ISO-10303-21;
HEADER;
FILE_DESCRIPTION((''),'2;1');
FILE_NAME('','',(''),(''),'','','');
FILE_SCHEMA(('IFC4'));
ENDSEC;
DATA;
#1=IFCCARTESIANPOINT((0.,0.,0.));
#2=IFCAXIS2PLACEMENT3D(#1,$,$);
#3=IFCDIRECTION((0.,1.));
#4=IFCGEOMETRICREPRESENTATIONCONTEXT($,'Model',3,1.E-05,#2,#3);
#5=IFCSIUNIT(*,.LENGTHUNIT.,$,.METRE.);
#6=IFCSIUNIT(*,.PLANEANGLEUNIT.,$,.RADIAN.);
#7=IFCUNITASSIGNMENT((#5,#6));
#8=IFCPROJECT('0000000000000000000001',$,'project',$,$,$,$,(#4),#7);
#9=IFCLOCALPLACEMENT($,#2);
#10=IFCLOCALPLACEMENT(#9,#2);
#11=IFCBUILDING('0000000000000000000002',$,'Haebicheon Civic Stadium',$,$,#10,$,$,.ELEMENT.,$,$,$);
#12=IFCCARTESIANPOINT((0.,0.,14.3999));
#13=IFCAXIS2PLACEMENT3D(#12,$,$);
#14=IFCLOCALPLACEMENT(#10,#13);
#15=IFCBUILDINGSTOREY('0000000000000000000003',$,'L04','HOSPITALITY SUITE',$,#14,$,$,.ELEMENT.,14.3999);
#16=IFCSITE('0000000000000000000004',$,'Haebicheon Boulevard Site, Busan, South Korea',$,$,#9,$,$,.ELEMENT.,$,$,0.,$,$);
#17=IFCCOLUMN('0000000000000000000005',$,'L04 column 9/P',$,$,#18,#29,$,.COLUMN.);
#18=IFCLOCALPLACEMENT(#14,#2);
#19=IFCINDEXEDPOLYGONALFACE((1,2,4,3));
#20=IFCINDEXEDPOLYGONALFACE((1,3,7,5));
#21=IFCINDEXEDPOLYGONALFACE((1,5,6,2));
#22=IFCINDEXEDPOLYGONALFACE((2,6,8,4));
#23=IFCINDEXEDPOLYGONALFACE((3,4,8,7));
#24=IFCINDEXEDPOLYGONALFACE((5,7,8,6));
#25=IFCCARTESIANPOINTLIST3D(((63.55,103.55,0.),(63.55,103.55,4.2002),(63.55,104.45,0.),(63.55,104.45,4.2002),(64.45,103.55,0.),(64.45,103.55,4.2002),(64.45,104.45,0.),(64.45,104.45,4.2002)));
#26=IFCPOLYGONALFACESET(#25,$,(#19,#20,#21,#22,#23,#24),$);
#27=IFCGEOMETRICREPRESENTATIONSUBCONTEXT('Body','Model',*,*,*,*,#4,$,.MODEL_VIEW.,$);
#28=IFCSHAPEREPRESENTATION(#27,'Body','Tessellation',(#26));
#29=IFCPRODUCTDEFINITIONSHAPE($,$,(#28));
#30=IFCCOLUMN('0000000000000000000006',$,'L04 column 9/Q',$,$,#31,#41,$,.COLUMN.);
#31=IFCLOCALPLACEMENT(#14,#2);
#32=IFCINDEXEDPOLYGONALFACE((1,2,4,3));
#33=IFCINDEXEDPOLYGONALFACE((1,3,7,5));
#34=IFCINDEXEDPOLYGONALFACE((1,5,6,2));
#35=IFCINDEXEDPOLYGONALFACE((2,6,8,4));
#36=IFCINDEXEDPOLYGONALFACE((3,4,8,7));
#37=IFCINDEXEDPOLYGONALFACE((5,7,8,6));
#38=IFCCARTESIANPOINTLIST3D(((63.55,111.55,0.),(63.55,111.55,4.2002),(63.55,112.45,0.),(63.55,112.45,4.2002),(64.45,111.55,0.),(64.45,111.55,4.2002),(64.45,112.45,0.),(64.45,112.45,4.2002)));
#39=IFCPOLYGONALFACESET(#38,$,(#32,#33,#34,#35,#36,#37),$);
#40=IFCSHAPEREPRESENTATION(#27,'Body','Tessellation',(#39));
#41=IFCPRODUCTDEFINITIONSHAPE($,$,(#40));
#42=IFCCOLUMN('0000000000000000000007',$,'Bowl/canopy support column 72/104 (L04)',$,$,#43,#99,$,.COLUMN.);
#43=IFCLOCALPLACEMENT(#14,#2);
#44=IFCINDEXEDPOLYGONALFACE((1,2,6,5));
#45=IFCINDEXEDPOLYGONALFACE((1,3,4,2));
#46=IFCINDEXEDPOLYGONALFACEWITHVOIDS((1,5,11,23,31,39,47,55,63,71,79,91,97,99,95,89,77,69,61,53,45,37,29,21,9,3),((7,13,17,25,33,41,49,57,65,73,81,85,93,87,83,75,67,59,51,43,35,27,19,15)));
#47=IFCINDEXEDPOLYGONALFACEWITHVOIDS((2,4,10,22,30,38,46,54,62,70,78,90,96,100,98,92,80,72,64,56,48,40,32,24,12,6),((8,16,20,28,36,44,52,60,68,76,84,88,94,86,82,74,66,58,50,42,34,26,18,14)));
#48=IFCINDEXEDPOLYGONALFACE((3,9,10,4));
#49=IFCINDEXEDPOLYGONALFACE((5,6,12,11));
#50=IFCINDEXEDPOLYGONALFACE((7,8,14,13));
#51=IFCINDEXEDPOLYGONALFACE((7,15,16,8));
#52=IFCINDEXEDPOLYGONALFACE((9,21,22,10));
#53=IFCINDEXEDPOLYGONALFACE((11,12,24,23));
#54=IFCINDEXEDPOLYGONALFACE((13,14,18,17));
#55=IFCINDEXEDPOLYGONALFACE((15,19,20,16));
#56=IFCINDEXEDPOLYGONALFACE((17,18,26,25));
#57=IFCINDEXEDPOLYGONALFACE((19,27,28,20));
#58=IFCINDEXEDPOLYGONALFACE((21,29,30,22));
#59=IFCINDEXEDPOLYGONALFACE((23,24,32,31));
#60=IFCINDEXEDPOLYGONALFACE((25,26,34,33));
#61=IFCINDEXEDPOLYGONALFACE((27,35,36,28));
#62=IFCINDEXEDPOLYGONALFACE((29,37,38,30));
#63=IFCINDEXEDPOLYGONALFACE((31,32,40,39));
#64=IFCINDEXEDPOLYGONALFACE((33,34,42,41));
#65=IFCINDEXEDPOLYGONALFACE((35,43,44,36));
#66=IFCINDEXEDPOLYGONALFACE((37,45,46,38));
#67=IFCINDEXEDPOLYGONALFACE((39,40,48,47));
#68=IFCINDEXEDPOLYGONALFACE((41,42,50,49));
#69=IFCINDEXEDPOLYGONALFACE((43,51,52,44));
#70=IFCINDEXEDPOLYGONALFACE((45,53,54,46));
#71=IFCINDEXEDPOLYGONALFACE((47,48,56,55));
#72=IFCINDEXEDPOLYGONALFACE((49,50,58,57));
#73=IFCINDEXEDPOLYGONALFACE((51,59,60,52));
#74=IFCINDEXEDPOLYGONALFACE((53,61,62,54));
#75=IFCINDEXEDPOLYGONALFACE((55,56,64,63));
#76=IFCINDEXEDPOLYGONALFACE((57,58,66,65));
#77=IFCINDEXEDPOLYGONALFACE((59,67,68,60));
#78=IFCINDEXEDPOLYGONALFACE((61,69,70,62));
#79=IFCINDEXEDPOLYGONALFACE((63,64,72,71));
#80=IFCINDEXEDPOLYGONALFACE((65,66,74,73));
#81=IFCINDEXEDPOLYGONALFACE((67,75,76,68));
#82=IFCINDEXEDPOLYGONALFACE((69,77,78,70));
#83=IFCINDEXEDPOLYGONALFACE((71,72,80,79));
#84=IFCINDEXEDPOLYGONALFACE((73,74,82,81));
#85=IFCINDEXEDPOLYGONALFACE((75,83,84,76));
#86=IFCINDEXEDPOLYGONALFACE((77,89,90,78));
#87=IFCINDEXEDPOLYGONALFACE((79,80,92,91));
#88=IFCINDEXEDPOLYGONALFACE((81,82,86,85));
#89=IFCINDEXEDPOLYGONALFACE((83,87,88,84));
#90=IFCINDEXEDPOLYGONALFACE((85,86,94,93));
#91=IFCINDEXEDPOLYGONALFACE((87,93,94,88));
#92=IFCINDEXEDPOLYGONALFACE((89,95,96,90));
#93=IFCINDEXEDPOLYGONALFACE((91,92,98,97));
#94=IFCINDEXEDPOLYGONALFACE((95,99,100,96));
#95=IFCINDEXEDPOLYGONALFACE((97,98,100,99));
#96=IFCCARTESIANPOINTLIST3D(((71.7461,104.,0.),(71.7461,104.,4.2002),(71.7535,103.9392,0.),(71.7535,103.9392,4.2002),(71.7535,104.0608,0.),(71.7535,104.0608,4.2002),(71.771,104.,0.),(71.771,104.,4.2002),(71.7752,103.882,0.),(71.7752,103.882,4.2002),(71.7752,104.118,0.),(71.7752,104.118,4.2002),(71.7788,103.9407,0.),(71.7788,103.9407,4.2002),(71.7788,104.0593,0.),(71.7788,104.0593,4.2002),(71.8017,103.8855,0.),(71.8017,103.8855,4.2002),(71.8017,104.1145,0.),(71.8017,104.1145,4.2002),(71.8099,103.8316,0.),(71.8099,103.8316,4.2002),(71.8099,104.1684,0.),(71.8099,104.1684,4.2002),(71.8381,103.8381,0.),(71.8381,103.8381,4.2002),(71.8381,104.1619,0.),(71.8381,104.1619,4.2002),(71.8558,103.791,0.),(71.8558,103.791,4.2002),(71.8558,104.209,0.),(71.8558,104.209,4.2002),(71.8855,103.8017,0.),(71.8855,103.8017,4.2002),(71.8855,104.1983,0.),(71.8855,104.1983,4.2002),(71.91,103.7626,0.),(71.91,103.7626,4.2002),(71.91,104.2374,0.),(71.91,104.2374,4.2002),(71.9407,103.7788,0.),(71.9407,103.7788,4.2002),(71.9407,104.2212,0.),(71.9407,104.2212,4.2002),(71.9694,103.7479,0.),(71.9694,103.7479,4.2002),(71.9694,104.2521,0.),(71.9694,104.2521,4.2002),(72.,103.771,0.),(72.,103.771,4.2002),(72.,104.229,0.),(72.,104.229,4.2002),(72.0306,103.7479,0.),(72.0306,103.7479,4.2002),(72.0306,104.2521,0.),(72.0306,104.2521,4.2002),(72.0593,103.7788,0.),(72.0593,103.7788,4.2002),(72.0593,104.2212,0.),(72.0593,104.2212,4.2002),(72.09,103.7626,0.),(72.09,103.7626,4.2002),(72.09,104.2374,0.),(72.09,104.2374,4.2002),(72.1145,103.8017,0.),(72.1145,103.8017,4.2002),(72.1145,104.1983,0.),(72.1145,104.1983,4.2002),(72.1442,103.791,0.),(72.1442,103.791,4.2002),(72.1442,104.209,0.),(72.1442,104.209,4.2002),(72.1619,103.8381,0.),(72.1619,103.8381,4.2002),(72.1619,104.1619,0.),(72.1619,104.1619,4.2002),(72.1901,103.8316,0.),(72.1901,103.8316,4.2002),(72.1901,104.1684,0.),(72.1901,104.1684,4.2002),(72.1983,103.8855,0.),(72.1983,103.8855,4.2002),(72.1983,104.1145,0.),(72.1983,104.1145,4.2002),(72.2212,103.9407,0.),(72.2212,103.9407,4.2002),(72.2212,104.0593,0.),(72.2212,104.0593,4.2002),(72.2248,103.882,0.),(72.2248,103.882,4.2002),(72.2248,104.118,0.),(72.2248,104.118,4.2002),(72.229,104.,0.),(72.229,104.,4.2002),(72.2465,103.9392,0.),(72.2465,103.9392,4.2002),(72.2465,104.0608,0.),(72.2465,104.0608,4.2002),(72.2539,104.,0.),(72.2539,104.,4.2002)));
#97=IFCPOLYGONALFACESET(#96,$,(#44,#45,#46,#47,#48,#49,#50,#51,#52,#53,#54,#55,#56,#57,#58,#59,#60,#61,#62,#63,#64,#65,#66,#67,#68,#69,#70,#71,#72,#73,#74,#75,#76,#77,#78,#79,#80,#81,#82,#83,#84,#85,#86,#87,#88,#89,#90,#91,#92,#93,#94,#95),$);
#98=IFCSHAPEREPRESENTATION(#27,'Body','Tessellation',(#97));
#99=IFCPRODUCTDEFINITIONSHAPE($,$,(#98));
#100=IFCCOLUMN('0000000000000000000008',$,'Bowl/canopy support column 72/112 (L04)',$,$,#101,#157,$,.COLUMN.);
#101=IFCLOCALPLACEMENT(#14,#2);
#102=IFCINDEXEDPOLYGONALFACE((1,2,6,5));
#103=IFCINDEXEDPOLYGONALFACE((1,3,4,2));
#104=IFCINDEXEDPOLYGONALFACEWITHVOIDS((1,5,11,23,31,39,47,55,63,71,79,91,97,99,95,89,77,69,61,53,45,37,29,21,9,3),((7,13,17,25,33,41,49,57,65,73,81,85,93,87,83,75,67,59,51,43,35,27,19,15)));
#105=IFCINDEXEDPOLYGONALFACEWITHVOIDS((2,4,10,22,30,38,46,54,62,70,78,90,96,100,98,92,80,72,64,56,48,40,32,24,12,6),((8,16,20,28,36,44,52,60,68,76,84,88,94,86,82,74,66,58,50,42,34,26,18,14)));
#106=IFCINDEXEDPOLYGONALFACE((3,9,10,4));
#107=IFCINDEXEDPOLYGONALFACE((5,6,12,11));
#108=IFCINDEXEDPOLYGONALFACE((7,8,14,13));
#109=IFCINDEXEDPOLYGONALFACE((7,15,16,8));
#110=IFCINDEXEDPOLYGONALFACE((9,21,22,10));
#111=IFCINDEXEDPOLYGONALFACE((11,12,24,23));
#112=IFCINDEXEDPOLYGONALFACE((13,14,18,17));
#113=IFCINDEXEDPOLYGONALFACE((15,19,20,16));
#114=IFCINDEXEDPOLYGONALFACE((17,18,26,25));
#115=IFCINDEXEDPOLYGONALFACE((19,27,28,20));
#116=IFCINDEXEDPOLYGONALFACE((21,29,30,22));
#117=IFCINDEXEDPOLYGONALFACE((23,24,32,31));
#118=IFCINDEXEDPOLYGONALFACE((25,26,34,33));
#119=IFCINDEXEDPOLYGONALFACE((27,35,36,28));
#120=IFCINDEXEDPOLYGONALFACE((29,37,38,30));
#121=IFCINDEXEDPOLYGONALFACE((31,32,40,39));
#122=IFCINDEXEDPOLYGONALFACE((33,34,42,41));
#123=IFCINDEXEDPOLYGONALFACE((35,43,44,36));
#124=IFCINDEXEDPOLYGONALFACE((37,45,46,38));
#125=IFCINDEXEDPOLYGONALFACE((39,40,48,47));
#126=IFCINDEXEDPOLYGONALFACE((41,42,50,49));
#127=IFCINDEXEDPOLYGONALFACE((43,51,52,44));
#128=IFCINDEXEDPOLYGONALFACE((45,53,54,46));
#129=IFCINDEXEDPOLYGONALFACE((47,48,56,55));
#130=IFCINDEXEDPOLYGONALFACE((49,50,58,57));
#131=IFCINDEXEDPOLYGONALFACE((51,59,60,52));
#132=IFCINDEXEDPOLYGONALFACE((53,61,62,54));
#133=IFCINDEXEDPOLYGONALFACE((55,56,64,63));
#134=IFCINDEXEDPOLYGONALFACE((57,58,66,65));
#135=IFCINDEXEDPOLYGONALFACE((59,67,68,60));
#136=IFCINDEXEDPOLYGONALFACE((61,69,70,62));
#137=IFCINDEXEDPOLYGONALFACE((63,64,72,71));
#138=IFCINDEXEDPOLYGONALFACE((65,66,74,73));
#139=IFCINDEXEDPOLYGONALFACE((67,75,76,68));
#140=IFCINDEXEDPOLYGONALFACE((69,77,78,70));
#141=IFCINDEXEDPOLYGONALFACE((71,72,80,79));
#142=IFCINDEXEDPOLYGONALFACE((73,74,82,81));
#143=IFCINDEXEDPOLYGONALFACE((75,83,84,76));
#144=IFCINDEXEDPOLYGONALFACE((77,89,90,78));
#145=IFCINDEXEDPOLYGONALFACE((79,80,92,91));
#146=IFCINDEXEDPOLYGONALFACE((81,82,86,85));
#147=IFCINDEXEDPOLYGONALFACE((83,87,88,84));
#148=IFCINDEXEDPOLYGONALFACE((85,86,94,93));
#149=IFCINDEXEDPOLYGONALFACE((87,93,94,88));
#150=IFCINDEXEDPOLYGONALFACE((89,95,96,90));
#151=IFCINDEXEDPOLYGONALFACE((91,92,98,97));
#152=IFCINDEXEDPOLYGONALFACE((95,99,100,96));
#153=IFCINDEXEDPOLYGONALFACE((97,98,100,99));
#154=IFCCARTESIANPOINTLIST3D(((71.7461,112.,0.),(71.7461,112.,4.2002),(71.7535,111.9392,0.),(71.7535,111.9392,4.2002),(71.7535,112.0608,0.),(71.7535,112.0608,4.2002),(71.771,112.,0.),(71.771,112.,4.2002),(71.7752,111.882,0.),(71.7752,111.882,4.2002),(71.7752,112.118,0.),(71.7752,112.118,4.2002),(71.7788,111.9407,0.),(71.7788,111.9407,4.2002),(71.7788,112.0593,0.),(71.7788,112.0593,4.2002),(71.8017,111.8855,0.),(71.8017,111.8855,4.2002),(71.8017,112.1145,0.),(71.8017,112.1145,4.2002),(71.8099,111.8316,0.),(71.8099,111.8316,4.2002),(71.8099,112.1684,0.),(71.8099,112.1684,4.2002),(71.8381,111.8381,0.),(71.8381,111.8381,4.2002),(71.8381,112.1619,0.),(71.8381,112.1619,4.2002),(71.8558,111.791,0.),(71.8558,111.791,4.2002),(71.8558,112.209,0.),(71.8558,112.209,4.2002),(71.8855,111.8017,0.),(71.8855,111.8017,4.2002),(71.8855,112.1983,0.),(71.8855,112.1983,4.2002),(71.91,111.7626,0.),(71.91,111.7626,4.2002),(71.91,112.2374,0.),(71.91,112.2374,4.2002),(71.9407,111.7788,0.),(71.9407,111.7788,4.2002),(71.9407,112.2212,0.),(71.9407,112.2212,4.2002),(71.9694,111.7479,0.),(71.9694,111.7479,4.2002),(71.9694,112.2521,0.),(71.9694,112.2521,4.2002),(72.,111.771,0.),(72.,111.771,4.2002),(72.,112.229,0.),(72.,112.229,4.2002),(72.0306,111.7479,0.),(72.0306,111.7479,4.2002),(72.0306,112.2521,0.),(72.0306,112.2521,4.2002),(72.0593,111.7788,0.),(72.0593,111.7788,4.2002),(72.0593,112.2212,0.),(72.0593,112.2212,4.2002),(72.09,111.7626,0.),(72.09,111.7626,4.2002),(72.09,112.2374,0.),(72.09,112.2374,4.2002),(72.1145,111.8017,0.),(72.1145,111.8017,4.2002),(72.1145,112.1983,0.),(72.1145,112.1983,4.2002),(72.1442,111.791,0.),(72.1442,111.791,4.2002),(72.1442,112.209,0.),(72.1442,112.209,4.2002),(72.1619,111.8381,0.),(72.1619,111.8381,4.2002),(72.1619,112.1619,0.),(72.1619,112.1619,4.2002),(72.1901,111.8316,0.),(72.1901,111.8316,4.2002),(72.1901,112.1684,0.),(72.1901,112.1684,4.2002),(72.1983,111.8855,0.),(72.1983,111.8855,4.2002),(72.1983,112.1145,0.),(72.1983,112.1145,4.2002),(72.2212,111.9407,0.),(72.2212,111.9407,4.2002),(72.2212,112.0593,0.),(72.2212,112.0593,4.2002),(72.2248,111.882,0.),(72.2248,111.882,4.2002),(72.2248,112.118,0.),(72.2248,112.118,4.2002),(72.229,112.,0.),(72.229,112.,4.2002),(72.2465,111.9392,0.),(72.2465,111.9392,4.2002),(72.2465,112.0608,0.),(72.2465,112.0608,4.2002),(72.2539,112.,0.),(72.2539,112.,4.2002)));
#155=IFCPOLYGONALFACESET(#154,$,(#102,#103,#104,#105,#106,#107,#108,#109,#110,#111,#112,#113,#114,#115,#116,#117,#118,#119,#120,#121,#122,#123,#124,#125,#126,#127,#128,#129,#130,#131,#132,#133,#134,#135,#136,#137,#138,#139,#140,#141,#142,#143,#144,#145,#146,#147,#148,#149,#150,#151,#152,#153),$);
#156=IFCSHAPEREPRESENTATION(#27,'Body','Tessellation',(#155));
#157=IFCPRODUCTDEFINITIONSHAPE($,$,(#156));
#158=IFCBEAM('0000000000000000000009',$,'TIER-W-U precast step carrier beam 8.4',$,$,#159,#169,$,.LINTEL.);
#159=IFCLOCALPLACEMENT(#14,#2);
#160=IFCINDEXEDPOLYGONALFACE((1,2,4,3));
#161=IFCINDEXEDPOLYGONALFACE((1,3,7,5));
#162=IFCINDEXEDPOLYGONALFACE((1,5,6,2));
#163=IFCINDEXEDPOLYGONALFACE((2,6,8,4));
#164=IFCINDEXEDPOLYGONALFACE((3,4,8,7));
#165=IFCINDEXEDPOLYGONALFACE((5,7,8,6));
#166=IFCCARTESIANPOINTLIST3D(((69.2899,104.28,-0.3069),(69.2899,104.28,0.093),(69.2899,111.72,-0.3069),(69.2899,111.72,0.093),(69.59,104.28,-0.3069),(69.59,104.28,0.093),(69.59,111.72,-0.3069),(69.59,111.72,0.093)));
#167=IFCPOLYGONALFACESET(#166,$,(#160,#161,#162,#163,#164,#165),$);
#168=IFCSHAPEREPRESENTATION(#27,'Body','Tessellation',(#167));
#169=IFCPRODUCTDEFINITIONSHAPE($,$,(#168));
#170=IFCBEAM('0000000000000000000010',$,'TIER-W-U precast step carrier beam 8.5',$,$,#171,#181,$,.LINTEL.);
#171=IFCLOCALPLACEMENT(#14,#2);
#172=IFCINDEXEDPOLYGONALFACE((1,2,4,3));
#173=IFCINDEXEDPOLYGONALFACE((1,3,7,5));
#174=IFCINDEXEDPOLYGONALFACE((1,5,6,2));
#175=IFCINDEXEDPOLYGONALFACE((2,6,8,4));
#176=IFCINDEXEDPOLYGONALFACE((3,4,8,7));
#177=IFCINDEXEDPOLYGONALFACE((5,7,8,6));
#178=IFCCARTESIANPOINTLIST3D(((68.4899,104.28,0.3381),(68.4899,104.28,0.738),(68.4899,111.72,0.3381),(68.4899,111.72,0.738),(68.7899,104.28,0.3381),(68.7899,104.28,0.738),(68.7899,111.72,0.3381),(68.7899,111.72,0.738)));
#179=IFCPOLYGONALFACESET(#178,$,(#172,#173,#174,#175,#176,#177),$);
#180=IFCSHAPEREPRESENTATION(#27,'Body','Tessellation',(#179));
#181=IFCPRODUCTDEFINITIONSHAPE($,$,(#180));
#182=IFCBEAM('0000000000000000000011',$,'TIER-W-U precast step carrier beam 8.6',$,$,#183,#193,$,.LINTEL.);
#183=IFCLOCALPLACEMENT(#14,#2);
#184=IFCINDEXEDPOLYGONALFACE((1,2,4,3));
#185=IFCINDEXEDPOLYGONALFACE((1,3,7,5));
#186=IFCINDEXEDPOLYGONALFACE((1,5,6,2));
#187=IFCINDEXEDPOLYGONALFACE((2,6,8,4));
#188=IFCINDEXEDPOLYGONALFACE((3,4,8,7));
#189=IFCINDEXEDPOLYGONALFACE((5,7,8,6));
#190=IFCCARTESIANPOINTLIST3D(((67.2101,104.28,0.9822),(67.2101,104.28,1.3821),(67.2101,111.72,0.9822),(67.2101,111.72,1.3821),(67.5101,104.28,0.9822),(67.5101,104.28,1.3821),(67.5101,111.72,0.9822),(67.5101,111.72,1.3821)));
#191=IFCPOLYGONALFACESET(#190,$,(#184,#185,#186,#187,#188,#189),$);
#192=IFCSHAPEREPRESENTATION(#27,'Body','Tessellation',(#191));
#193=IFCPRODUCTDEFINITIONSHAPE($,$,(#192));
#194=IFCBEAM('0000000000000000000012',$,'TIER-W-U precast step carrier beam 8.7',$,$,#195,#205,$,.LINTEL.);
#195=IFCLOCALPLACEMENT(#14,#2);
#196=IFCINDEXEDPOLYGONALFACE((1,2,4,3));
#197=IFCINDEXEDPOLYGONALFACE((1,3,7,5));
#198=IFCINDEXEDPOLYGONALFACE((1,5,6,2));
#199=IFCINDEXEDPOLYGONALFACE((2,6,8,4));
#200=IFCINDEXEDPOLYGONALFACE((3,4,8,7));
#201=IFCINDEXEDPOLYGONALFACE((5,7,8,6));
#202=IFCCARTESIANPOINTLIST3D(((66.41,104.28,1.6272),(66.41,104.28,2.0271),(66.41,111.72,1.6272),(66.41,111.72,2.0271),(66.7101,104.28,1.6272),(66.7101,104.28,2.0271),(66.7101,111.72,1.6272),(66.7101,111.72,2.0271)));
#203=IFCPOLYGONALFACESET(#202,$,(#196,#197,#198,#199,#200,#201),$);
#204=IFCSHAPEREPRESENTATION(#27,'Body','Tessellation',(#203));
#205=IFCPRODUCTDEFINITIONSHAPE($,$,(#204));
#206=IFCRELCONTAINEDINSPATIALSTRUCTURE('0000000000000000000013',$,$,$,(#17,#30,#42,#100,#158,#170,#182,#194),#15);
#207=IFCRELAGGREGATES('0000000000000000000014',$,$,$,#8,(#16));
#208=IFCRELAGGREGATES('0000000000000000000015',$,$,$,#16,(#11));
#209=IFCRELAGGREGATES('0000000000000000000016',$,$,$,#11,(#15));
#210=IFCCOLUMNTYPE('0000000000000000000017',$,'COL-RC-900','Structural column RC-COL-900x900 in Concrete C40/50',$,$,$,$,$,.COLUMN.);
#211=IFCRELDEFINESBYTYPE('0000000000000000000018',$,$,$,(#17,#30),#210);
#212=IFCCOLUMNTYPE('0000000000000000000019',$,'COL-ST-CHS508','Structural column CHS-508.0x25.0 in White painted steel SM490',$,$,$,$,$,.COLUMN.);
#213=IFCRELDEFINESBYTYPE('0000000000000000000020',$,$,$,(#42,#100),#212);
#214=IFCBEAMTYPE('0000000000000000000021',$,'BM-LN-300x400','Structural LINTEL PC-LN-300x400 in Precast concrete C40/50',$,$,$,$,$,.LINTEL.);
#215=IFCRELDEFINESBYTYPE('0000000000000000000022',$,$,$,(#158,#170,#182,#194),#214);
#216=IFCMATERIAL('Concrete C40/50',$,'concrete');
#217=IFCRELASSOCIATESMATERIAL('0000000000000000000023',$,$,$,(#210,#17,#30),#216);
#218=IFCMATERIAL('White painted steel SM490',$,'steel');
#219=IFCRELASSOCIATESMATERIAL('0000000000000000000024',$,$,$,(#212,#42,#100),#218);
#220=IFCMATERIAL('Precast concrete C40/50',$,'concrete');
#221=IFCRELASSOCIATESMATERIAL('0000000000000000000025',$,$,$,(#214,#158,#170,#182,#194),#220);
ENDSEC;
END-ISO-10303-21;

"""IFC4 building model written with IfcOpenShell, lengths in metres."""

from ifc_helpers import new_model, si_unit, direction, frame, origin, origin_2d, place, context, subcontext, project, spatial, rectangle, hollow_circle, extrude, material, material_profile, profile_set, type_object, element, save


model = new_model("IFC4")

# Units and contexts
model_context = context("Model", 3, precision=1e-05, world=origin(), true_north=direction((0.0, 1.0)))
body_context = subcontext(model_context, "Body", "Model", "MODEL_VIEW")
ifc_project = project(units=[si_unit("LENGTHUNIT", "METRE"), si_unit("PLANEANGLEUNIT", "RADIAN")], contexts=[model_context])

# Site, building, storey
site_placement = place(None, origin())
site = spatial("IfcSite", under=ifc_project, at=site_placement, Name="Haebicheon Boulevard Site, Busan, South Korea", CompositionType="ELEMENT", RefElevation=0.0)
building_placement = place(site_placement, origin())
building = spatial("IfcBuilding", under=site, at=building_placement, Name="Haebicheon Civic Stadium", CompositionType="ELEMENT")
storey_placement = place(building_placement, frame((0.0, 0.0, 14.3999)))
storey = spatial("IfcBuildingStorey", under=building, at=storey_placement, Name="L04", Description="HOSPITALITY SUITE", CompositionType="ELEMENT", Elevation=14.3999)

# Columns
ifc_material_1 = material(Name="Concrete C40/50", Category="concrete")
ifc_material_profile_1 = material_profile(ifc_material_1, rectangle(XDim=0.8999, YDim=0.8999, at=origin_2d()), Name="RC-COL-900x900")
ifc_profile_set_1 = profile_set([ifc_material_profile_1], Name="Concrete C40/50")
column_type_1 = type_object("IfcColumnType", Name="COL-RC-900", Description="Structural column RC-COL-900x900 in Concrete C40/50", PredefinedType="COLUMN", material=ifc_profile_set_1)
for number, where, z_axis, x_axis, name in (
    (1, (64.0, 104.0, 0.0), (0.0, 0.0, 1.0), (1.0, 0.0, 0.0), "L04 column 9/P"),
    (2, (64.0, 112.0, 0.0), (0.0, 0.0, 1.0), (1.0, 0.0, 0.0), "L04 column 9/Q"),
):
    element("IfcColumn", number, at=place(storey_placement, frame(where, z_axis=z_axis, x_axis=x_axis)), inside=storey, type_object=column_type_1, material=ifc_profile_set_1, Name=name, PredefinedType="COLUMN", context=body_context, shape_type="SweptSolid", body=[
        extrude(rectangle(XDim=0.8999, YDim=0.8999, at=origin_2d()), origin(), (0.0, 0.0, 1.0), 4.2002),
    ])
ifc_material_2 = material(Name="White painted steel SM490", Category="steel")
ifc_material_profile_2 = material_profile(ifc_material_2, hollow_circle(Radius=0.2539, WallThickness=0.0249, at=origin_2d()), Name="CHS-508.0x25.0")
ifc_profile_set_2 = profile_set([ifc_material_profile_2], Name="White painted steel SM490")
column_type_2 = type_object("IfcColumnType", Name="COL-ST-CHS508", Description="Structural column CHS-508.0x25.0 in White painted steel SM490", PredefinedType="COLUMN", material=ifc_profile_set_2)
for number, where, z_axis, x_axis, name in (
    (3, (72.0, 104.0, 0.0), (0.0, 0.0, 1.0), (1.0, 0.0, 0.0), "Bowl/canopy support column 72/104 (L04)"),
    (4, (72.0, 112.0, 0.0), (0.0, 0.0, 1.0), (1.0, 0.0, 0.0), "Bowl/canopy support column 72/112 (L04)"),
):
    element("IfcColumn", number, at=place(storey_placement, frame(where, z_axis=z_axis, x_axis=x_axis)), inside=storey, type_object=column_type_2, material=ifc_profile_set_2, Name=name, PredefinedType="COLUMN", context=body_context, shape_type="SweptSolid", body=[
        extrude(hollow_circle(Radius=0.2539, WallThickness=0.0249, at=origin_2d()), origin(), (0.0, 0.0, 1.0), 4.2002),
    ])

# Beams
ifc_material_3 = material(Name="Precast concrete C40/50", Category="concrete")
ifc_material_profile_3 = material_profile(ifc_material_3, rectangle(XDim=0.3, YDim=0.3999, at=origin_2d()), Name="PC-LN-300x400")
ifc_profile_set_3 = profile_set([ifc_material_profile_3], Name="Precast concrete C40/50")
beam_type_1 = type_object("IfcBeamType", Name="BM-LN-300x400", Description="Structural LINTEL PC-LN-300x400 in Precast concrete C40/50", PredefinedType="LINTEL", material=ifc_profile_set_3)
for number, where, z_axis, x_axis, name in (
    (5, (69.4399, 104.28, -0.1069), (0.0, 1.0, 0.0), (-1.0, 0.0, 0.0), "TIER-W-U precast step carrier beam 8.4"),
    (6, (68.6399, 104.28, 0.5381), (0.0, 1.0, 0.0), (-1.0, 0.0, 0.0), "TIER-W-U precast step carrier beam 8.5"),
    (7, (67.3601, 104.28, 1.1821), (0.0, 1.0, 0.0), (-1.0, 0.0, 0.0), "TIER-W-U precast step carrier beam 8.6"),
    (8, (66.5601, 104.28, 1.8271), (0.0, 1.0, 0.0), (-1.0, 0.0, 0.0), "TIER-W-U precast step carrier beam 8.7"),
):
    element("IfcBeam", number, at=place(storey_placement, frame(where, z_axis=z_axis, x_axis=x_axis)), inside=storey, type_object=beam_type_1, material=ifc_profile_set_3, Name=name, PredefinedType="LINTEL", context=body_context, shape_type="SweptSolid", body=[
        extrude(rectangle(XDim=0.3, YDim=0.3999, at=origin_2d()), origin(), (0.0, 0.0, 1.0), 7.4399),
    ])

save(model, "model.ifc")
